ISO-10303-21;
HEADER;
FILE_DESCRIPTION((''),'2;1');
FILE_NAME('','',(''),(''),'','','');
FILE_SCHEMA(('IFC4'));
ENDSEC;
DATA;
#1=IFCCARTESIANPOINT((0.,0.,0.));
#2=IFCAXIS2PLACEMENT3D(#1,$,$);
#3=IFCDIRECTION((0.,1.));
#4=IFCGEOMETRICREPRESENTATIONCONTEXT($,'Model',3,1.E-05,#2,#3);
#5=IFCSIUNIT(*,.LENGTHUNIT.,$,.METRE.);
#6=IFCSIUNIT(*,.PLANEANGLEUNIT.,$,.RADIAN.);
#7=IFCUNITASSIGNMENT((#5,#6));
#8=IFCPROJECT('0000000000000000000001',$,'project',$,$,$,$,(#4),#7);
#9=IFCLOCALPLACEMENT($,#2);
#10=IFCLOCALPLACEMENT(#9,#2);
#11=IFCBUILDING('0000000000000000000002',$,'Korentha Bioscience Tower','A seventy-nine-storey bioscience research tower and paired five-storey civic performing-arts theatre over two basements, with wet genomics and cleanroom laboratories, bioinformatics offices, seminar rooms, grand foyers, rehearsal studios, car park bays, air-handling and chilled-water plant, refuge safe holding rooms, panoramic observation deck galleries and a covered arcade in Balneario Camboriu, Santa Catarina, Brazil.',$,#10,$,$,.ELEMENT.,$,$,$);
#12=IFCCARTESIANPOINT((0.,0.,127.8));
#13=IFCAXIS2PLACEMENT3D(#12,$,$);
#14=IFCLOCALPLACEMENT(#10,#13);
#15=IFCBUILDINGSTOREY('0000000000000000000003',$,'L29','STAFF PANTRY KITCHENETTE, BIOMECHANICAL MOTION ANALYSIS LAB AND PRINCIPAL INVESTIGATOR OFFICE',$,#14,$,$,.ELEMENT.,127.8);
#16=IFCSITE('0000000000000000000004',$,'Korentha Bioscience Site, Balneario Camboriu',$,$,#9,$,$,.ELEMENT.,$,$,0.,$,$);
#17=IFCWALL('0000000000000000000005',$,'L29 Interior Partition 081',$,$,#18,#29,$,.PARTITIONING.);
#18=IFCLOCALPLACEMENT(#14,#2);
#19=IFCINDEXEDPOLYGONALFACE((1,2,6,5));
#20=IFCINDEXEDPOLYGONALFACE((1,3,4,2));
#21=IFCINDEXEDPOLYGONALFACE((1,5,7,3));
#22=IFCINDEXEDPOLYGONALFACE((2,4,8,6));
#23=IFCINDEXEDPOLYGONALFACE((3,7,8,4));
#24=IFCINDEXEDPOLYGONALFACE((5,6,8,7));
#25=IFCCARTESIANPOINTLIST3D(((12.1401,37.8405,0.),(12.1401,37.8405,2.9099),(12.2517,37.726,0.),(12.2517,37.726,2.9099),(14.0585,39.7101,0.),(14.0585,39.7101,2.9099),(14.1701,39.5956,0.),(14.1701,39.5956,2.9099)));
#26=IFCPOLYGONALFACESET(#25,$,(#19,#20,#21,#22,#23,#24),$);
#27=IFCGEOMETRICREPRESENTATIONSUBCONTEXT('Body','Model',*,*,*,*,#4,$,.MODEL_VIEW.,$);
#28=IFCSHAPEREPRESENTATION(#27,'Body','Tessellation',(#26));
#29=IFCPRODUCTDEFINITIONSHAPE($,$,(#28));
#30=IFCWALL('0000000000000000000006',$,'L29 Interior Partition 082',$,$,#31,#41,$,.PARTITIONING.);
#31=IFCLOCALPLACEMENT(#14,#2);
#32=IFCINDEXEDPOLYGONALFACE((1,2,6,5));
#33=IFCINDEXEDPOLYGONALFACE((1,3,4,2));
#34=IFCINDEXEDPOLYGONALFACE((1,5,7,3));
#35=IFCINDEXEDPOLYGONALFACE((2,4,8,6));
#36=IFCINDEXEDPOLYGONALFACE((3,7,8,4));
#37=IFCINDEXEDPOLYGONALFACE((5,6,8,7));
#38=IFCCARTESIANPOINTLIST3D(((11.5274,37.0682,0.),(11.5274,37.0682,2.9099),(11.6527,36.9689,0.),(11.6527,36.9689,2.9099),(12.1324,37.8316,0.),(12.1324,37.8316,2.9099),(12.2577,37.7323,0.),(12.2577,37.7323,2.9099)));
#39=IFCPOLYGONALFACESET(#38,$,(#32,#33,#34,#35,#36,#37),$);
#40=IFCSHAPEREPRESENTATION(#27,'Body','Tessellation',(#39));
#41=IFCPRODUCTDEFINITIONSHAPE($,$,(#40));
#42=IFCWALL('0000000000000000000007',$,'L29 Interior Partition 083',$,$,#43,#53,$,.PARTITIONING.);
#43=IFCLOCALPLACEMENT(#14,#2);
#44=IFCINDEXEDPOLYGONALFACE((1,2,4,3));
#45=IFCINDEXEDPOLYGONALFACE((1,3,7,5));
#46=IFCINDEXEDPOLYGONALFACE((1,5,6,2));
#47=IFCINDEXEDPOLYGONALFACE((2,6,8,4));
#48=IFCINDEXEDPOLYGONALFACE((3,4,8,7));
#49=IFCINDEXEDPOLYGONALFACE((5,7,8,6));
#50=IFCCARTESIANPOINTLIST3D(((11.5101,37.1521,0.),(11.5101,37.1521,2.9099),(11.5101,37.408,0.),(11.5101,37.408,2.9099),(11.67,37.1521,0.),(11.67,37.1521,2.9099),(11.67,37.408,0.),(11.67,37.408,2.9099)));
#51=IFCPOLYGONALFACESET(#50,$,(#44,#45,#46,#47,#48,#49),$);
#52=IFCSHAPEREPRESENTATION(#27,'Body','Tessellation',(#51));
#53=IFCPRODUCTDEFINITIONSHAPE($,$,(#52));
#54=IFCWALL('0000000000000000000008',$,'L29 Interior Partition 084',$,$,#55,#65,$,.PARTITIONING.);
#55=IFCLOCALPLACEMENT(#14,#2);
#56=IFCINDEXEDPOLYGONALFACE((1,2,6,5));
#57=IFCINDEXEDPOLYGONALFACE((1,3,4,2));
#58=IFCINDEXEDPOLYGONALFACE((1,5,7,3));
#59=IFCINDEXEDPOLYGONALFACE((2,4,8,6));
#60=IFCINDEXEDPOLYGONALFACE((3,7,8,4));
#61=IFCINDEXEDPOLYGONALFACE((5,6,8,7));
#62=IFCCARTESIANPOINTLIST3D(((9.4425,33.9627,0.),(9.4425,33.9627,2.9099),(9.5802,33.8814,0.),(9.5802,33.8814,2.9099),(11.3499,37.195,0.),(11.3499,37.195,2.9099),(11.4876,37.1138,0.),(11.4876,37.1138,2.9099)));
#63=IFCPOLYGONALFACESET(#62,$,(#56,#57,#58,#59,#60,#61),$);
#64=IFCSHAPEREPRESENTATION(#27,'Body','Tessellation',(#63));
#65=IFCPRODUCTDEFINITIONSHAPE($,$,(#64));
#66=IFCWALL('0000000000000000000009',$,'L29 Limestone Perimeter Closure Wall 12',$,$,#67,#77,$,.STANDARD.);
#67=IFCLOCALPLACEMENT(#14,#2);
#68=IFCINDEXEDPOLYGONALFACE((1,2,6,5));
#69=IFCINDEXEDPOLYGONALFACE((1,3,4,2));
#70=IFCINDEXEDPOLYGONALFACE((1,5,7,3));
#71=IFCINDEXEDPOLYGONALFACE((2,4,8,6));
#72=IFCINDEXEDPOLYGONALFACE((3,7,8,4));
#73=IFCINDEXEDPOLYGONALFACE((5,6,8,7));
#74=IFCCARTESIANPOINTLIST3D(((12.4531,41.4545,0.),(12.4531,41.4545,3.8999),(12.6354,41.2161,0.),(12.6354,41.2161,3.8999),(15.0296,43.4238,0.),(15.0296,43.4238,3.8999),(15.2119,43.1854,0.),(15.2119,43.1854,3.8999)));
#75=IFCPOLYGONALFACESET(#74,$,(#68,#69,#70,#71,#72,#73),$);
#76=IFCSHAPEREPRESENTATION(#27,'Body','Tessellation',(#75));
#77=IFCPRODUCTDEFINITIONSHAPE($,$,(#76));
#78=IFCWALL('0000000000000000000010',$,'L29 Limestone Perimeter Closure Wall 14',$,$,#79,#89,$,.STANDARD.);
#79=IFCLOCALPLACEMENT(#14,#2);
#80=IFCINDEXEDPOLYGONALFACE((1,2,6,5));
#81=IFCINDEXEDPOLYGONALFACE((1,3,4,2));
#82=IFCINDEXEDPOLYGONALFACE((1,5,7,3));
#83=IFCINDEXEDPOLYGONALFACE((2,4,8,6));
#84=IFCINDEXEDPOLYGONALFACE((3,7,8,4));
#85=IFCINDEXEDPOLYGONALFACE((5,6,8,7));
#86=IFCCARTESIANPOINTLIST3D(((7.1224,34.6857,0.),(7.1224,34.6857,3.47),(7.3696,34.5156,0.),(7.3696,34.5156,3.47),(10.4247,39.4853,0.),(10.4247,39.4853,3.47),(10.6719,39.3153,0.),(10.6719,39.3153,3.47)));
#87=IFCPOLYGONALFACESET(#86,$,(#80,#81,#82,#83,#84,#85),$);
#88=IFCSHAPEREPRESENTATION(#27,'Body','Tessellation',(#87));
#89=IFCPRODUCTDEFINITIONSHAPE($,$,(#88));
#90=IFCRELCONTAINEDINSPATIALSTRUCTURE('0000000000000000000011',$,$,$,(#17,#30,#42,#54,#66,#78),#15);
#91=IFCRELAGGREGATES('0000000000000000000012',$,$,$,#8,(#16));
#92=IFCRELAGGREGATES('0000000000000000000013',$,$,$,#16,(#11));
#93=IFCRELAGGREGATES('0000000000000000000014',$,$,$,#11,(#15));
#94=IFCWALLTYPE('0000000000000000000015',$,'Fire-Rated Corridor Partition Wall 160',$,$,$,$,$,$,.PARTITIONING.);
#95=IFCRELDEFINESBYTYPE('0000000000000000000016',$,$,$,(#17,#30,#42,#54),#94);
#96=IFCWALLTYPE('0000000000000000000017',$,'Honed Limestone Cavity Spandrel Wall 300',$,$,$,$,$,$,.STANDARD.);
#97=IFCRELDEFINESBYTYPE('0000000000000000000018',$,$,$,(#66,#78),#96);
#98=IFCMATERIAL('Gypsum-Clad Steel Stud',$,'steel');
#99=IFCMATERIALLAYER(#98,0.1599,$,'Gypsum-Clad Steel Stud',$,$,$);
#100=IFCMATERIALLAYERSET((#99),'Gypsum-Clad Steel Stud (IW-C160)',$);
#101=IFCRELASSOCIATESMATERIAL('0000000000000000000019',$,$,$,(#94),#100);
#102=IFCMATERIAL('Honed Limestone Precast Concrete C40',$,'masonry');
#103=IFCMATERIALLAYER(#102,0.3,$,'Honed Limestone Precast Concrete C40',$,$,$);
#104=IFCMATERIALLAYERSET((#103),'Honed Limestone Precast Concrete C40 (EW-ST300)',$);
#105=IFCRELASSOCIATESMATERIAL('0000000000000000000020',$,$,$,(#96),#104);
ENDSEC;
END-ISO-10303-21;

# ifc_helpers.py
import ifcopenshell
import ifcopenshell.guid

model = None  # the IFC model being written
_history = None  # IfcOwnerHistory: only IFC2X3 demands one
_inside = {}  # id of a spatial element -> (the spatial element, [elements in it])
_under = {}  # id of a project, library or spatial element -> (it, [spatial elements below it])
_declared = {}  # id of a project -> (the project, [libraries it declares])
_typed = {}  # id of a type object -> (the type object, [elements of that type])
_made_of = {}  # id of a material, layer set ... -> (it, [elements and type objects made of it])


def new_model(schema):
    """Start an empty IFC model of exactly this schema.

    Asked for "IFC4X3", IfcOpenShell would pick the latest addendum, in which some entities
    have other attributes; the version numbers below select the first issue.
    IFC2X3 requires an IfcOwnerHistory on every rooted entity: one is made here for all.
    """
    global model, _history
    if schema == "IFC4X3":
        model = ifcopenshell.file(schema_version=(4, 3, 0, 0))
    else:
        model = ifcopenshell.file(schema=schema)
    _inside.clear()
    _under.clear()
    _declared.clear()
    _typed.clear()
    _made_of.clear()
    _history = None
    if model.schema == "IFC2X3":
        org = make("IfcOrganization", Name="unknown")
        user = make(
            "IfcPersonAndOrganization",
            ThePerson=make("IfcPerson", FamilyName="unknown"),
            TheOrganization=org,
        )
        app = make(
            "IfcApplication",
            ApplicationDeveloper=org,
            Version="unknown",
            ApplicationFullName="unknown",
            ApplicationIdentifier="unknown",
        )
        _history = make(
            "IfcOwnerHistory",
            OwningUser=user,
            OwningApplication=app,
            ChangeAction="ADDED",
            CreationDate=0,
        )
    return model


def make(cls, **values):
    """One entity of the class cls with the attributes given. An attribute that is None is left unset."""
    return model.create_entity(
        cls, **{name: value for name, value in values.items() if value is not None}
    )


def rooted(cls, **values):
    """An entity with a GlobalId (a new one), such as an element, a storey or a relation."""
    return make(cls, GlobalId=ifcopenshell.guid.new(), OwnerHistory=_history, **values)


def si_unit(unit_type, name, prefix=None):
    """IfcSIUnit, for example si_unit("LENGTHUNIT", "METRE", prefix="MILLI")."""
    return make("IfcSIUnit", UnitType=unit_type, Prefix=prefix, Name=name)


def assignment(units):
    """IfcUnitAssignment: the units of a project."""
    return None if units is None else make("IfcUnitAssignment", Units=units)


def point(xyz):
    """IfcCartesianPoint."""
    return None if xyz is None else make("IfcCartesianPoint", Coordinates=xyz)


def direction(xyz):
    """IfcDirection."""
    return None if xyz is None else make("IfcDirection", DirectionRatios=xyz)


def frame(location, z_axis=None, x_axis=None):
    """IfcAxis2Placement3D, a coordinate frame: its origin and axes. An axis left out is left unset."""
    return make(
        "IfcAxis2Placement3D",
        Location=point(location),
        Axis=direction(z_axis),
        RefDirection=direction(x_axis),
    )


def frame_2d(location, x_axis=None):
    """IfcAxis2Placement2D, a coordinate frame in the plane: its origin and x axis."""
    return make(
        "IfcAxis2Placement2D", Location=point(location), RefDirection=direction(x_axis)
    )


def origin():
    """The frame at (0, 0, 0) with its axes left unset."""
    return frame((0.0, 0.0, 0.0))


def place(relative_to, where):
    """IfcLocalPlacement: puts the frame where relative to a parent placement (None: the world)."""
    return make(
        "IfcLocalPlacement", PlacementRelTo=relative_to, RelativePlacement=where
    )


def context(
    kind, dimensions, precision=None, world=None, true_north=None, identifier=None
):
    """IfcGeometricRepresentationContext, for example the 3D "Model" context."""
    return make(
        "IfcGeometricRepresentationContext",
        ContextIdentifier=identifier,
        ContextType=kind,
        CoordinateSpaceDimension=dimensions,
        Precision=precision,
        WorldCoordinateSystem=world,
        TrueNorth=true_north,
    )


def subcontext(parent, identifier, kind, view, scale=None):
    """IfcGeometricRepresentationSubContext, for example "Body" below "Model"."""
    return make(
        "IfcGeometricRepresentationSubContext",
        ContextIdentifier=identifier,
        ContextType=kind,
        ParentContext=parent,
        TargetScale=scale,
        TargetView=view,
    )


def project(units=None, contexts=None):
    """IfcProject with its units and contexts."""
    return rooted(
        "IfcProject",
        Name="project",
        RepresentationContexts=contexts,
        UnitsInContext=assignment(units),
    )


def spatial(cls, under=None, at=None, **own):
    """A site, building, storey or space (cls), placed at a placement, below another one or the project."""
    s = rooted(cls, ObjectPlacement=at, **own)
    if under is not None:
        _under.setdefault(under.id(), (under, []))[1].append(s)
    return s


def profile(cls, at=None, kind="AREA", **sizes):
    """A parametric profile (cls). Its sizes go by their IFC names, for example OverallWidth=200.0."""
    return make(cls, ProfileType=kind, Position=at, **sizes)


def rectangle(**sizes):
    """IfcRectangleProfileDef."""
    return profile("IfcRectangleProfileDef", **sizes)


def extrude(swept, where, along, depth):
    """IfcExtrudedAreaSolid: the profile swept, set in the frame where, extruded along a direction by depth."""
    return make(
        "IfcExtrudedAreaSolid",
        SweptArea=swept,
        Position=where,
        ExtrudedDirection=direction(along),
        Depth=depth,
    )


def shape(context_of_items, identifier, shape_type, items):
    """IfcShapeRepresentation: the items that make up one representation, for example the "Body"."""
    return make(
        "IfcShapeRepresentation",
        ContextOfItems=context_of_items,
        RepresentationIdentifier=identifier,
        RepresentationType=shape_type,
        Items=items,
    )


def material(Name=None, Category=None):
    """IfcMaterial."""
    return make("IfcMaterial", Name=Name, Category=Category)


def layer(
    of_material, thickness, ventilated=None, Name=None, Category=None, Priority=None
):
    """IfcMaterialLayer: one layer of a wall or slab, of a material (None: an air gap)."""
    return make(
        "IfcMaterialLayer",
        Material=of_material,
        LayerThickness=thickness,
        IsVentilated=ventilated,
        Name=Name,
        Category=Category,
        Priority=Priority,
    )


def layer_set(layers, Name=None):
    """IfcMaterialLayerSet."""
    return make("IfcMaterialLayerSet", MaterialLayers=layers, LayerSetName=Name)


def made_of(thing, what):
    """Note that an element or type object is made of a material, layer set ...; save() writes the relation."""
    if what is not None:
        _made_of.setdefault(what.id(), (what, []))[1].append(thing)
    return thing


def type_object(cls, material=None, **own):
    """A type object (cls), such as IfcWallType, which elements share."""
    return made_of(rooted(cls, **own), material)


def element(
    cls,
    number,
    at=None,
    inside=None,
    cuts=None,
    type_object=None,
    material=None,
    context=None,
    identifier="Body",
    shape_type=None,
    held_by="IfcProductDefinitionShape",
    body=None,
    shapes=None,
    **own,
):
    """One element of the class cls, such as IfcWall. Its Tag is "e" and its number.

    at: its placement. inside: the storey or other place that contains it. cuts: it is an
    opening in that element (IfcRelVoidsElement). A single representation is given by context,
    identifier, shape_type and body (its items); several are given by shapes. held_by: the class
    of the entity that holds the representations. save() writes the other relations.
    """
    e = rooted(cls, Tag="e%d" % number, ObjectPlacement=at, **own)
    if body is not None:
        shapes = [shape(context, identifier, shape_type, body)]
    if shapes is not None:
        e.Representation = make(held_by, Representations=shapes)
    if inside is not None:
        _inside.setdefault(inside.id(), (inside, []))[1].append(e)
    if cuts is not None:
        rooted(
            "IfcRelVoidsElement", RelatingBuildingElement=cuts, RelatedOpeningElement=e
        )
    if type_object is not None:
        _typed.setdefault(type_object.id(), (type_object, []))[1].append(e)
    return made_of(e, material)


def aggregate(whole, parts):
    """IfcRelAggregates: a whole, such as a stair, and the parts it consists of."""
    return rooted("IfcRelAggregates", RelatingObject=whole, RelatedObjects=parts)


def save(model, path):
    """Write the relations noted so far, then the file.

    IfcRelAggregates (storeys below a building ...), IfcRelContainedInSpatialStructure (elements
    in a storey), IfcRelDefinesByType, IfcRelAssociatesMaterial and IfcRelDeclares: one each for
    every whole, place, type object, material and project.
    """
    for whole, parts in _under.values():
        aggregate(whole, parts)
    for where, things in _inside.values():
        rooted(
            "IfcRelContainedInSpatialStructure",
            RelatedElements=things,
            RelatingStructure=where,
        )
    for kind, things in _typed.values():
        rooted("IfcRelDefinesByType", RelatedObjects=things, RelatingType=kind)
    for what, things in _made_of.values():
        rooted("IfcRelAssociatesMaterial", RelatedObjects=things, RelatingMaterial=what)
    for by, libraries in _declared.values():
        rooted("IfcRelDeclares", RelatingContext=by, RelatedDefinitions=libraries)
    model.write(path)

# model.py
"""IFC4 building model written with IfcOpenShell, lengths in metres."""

from ifc_helpers import new_model, si_unit, direction, frame, frame_2d, origin, place, context, subcontext, project, spatial, rectangle, extrude, material, layer, layer_set, type_object, element, save


model = new_model("IFC4")

# Units and contexts
model_context = context("Model", 3, precision=1e-05, world=origin(), true_north=direction((0.0, 1.0)))
body_context = subcontext(model_context, "Body", "Model", "MODEL_VIEW")
ifc_project = project(units=[si_unit("LENGTHUNIT", "METRE"), si_unit("PLANEANGLEUNIT", "RADIAN")], contexts=[model_context])

# Site, building, storey
site_placement = place(None, origin())
site = spatial("IfcSite", under=ifc_project, at=site_placement, Name="Korentha Bioscience Site, Balneario Camboriu", CompositionType="ELEMENT", RefElevation=0.0)
building_placement = place(site_placement, origin())
building = spatial("IfcBuilding", under=site, at=building_placement, Name="Korentha Bioscience Tower", Description="A seventy-nine-storey bioscience research tower and paired five-storey civic performing-arts theatre over two basements, with wet genomics and cleanroom laboratories, bioinformatics offices, seminar rooms, grand foyers, rehearsal studios, car park bays, air-handling and chilled-water plant, refuge safe holding rooms, panoramic observation deck galleries and a covered arcade in Balneario Camboriu, Santa Catarina, Brazil.", CompositionType="ELEMENT")
storey_placement = place(building_placement, frame((0.0, 0.0, 127.8)))
storey = spatial("IfcBuildingStorey", under=building, at=storey_placement, Name="L29", Description="STAFF PANTRY KITCHENETTE, BIOMECHANICAL MOTION ANALYSIS LAB AND PRINCIPAL INVESTIGATOR OFFICE", CompositionType="ELEMENT", Elevation=127.8)

# Walls
ifc_material_1 = material(Name="Gypsum-Clad Steel Stud", Category="steel")
ifc_layer_1 = layer(ifc_material_1, 0.1599, Name="Gypsum-Clad Steel Stud")
ifc_layer_set_1 = layer_set([ifc_layer_1], Name="Gypsum-Clad Steel Stud (IW-C160)")
wall_type_1 = type_object("IfcWallType", Name="Fire-Rated Corridor Partition Wall 160", PredefinedType="PARTITIONING", material=ifc_layer_set_1)
wall_1_placement = place(storey_placement, frame((14.1143, 39.6528, 0.0), z_axis=(0.0, 0.0, 1.0), x_axis=(-0.716162, -0.697934, 0.0)))
element("IfcWall", 1, at=wall_1_placement, inside=storey, type_object=wall_type_1, Name="L29 Interior Partition 081", PredefinedType="PARTITIONING", context=body_context, shape_type="SweptSolid", body=[
    extrude(rectangle(XDim=2.6787, YDim=0.1599, at=frame_2d((1.3394, 0.0))), origin(), (0.0, 0.0, 1.0), 2.9099),
])
wall_2_placement = place(storey_placement, frame((12.1951, 37.782, 0.0), z_axis=(0.0, 0.0, 1.0), x_axis=(-0.621082, -0.783746, 0.0)))
element("IfcWall", 2, at=wall_2_placement, inside=storey, type_object=wall_type_1, Name="L29 Interior Partition 082", PredefinedType="PARTITIONING", context=body_context, shape_type="SweptSolid", body=[
    extrude(rectangle(XDim=0.9741, YDim=0.1599, at=frame_2d((0.4871, 0.0))), origin(), (0.0, 0.0, 1.0), 2.9099),
])
wall_3_placement = place(storey_placement, frame((11.5901, 37.1521, 0.0), z_axis=(0.0, 0.0, 1.0), x_axis=(0.0, 1.0, 0.0)))
element("IfcWall", 3, at=wall_3_placement, inside=storey, type_object=wall_type_1, Name="L29 Interior Partition 083", PredefinedType="PARTITIONING", context=body_context, shape_type="SweptSolid", body=[
    extrude(rectangle(XDim=0.2559, YDim=0.1599, at=frame_2d((0.1279, 0.0))), origin(), (0.0, 0.0, 1.0), 2.9099),
])
wall_4_placement = place(storey_placement, frame((11.4187, 37.1543, 0.0), z_axis=(0.0, 0.0, 1.0), x_axis=(-0.508216, -0.861229, 0.0)))
element("IfcWall", 4, at=wall_4_placement, inside=storey, type_object=wall_type_1, Name="L29 Interior Partition 084", PredefinedType="PARTITIONING", context=body_context, shape_type="SweptSolid", body=[
    extrude(rectangle(XDim=3.7532, YDim=0.1599, at=frame_2d((1.8765, 0.0))), origin(), (0.0, 0.0, 1.0), 2.9099),
])
ifc_material_2 = material(Name="Honed Limestone Precast Concrete C40", Category="masonry")
ifc_layer_2 = layer(ifc_material_2, 0.3, Name="Honed Limestone Precast Concrete C40")
ifc_layer_set_2 = layer_set([ifc_layer_2], Name="Honed Limestone Precast Concrete C40 (EW-ST300)")
wall_type_2 = type_object("IfcWallType", Name="Honed Limestone Cavity Spandrel Wall 300", PredefinedType="STANDARD", material=ifc_layer_set_2)
wall_5_placement = place(storey_placement, frame((15.1208, 43.3047, 0.0), z_axis=(0.0, 0.0, 1.0), x_axis=(-0.794501, -0.607263, 0.0)))
element("IfcWall", 5, at=wall_5_placement, inside=storey, type_object=wall_type_2, Name="L29 Limestone Perimeter Closure Wall 12", PredefinedType="STANDARD", context=body_context, shape_type="SweptSolid", body=[
    extrude(rectangle(XDim=3.2429, YDim=0.3, at=frame_2d((1.6216, 0.0))), origin(), (0.0, 0.0, 1.0), 3.8999),
])
wall_6_placement = place(storey_placement, frame((10.5483, 39.4004, 0.0), z_axis=(0.0, 0.0, 1.0), x_axis=(-0.566826, -0.823838, 0.0)))
element("IfcWall", 6, at=wall_6_placement, inside=storey, type_object=wall_type_2, Name="L29 Limestone Perimeter Closure Wall 14", PredefinedType="STANDARD", context=body_context, shape_type="SweptSolid", body=[
    extrude(rectangle(XDim=5.8259, YDim=0.3, at=frame_2d((2.9131, 0.0))), origin(), (0.0, 0.0, 1.0), 3.47),
])

save(model, "model.ifc")
